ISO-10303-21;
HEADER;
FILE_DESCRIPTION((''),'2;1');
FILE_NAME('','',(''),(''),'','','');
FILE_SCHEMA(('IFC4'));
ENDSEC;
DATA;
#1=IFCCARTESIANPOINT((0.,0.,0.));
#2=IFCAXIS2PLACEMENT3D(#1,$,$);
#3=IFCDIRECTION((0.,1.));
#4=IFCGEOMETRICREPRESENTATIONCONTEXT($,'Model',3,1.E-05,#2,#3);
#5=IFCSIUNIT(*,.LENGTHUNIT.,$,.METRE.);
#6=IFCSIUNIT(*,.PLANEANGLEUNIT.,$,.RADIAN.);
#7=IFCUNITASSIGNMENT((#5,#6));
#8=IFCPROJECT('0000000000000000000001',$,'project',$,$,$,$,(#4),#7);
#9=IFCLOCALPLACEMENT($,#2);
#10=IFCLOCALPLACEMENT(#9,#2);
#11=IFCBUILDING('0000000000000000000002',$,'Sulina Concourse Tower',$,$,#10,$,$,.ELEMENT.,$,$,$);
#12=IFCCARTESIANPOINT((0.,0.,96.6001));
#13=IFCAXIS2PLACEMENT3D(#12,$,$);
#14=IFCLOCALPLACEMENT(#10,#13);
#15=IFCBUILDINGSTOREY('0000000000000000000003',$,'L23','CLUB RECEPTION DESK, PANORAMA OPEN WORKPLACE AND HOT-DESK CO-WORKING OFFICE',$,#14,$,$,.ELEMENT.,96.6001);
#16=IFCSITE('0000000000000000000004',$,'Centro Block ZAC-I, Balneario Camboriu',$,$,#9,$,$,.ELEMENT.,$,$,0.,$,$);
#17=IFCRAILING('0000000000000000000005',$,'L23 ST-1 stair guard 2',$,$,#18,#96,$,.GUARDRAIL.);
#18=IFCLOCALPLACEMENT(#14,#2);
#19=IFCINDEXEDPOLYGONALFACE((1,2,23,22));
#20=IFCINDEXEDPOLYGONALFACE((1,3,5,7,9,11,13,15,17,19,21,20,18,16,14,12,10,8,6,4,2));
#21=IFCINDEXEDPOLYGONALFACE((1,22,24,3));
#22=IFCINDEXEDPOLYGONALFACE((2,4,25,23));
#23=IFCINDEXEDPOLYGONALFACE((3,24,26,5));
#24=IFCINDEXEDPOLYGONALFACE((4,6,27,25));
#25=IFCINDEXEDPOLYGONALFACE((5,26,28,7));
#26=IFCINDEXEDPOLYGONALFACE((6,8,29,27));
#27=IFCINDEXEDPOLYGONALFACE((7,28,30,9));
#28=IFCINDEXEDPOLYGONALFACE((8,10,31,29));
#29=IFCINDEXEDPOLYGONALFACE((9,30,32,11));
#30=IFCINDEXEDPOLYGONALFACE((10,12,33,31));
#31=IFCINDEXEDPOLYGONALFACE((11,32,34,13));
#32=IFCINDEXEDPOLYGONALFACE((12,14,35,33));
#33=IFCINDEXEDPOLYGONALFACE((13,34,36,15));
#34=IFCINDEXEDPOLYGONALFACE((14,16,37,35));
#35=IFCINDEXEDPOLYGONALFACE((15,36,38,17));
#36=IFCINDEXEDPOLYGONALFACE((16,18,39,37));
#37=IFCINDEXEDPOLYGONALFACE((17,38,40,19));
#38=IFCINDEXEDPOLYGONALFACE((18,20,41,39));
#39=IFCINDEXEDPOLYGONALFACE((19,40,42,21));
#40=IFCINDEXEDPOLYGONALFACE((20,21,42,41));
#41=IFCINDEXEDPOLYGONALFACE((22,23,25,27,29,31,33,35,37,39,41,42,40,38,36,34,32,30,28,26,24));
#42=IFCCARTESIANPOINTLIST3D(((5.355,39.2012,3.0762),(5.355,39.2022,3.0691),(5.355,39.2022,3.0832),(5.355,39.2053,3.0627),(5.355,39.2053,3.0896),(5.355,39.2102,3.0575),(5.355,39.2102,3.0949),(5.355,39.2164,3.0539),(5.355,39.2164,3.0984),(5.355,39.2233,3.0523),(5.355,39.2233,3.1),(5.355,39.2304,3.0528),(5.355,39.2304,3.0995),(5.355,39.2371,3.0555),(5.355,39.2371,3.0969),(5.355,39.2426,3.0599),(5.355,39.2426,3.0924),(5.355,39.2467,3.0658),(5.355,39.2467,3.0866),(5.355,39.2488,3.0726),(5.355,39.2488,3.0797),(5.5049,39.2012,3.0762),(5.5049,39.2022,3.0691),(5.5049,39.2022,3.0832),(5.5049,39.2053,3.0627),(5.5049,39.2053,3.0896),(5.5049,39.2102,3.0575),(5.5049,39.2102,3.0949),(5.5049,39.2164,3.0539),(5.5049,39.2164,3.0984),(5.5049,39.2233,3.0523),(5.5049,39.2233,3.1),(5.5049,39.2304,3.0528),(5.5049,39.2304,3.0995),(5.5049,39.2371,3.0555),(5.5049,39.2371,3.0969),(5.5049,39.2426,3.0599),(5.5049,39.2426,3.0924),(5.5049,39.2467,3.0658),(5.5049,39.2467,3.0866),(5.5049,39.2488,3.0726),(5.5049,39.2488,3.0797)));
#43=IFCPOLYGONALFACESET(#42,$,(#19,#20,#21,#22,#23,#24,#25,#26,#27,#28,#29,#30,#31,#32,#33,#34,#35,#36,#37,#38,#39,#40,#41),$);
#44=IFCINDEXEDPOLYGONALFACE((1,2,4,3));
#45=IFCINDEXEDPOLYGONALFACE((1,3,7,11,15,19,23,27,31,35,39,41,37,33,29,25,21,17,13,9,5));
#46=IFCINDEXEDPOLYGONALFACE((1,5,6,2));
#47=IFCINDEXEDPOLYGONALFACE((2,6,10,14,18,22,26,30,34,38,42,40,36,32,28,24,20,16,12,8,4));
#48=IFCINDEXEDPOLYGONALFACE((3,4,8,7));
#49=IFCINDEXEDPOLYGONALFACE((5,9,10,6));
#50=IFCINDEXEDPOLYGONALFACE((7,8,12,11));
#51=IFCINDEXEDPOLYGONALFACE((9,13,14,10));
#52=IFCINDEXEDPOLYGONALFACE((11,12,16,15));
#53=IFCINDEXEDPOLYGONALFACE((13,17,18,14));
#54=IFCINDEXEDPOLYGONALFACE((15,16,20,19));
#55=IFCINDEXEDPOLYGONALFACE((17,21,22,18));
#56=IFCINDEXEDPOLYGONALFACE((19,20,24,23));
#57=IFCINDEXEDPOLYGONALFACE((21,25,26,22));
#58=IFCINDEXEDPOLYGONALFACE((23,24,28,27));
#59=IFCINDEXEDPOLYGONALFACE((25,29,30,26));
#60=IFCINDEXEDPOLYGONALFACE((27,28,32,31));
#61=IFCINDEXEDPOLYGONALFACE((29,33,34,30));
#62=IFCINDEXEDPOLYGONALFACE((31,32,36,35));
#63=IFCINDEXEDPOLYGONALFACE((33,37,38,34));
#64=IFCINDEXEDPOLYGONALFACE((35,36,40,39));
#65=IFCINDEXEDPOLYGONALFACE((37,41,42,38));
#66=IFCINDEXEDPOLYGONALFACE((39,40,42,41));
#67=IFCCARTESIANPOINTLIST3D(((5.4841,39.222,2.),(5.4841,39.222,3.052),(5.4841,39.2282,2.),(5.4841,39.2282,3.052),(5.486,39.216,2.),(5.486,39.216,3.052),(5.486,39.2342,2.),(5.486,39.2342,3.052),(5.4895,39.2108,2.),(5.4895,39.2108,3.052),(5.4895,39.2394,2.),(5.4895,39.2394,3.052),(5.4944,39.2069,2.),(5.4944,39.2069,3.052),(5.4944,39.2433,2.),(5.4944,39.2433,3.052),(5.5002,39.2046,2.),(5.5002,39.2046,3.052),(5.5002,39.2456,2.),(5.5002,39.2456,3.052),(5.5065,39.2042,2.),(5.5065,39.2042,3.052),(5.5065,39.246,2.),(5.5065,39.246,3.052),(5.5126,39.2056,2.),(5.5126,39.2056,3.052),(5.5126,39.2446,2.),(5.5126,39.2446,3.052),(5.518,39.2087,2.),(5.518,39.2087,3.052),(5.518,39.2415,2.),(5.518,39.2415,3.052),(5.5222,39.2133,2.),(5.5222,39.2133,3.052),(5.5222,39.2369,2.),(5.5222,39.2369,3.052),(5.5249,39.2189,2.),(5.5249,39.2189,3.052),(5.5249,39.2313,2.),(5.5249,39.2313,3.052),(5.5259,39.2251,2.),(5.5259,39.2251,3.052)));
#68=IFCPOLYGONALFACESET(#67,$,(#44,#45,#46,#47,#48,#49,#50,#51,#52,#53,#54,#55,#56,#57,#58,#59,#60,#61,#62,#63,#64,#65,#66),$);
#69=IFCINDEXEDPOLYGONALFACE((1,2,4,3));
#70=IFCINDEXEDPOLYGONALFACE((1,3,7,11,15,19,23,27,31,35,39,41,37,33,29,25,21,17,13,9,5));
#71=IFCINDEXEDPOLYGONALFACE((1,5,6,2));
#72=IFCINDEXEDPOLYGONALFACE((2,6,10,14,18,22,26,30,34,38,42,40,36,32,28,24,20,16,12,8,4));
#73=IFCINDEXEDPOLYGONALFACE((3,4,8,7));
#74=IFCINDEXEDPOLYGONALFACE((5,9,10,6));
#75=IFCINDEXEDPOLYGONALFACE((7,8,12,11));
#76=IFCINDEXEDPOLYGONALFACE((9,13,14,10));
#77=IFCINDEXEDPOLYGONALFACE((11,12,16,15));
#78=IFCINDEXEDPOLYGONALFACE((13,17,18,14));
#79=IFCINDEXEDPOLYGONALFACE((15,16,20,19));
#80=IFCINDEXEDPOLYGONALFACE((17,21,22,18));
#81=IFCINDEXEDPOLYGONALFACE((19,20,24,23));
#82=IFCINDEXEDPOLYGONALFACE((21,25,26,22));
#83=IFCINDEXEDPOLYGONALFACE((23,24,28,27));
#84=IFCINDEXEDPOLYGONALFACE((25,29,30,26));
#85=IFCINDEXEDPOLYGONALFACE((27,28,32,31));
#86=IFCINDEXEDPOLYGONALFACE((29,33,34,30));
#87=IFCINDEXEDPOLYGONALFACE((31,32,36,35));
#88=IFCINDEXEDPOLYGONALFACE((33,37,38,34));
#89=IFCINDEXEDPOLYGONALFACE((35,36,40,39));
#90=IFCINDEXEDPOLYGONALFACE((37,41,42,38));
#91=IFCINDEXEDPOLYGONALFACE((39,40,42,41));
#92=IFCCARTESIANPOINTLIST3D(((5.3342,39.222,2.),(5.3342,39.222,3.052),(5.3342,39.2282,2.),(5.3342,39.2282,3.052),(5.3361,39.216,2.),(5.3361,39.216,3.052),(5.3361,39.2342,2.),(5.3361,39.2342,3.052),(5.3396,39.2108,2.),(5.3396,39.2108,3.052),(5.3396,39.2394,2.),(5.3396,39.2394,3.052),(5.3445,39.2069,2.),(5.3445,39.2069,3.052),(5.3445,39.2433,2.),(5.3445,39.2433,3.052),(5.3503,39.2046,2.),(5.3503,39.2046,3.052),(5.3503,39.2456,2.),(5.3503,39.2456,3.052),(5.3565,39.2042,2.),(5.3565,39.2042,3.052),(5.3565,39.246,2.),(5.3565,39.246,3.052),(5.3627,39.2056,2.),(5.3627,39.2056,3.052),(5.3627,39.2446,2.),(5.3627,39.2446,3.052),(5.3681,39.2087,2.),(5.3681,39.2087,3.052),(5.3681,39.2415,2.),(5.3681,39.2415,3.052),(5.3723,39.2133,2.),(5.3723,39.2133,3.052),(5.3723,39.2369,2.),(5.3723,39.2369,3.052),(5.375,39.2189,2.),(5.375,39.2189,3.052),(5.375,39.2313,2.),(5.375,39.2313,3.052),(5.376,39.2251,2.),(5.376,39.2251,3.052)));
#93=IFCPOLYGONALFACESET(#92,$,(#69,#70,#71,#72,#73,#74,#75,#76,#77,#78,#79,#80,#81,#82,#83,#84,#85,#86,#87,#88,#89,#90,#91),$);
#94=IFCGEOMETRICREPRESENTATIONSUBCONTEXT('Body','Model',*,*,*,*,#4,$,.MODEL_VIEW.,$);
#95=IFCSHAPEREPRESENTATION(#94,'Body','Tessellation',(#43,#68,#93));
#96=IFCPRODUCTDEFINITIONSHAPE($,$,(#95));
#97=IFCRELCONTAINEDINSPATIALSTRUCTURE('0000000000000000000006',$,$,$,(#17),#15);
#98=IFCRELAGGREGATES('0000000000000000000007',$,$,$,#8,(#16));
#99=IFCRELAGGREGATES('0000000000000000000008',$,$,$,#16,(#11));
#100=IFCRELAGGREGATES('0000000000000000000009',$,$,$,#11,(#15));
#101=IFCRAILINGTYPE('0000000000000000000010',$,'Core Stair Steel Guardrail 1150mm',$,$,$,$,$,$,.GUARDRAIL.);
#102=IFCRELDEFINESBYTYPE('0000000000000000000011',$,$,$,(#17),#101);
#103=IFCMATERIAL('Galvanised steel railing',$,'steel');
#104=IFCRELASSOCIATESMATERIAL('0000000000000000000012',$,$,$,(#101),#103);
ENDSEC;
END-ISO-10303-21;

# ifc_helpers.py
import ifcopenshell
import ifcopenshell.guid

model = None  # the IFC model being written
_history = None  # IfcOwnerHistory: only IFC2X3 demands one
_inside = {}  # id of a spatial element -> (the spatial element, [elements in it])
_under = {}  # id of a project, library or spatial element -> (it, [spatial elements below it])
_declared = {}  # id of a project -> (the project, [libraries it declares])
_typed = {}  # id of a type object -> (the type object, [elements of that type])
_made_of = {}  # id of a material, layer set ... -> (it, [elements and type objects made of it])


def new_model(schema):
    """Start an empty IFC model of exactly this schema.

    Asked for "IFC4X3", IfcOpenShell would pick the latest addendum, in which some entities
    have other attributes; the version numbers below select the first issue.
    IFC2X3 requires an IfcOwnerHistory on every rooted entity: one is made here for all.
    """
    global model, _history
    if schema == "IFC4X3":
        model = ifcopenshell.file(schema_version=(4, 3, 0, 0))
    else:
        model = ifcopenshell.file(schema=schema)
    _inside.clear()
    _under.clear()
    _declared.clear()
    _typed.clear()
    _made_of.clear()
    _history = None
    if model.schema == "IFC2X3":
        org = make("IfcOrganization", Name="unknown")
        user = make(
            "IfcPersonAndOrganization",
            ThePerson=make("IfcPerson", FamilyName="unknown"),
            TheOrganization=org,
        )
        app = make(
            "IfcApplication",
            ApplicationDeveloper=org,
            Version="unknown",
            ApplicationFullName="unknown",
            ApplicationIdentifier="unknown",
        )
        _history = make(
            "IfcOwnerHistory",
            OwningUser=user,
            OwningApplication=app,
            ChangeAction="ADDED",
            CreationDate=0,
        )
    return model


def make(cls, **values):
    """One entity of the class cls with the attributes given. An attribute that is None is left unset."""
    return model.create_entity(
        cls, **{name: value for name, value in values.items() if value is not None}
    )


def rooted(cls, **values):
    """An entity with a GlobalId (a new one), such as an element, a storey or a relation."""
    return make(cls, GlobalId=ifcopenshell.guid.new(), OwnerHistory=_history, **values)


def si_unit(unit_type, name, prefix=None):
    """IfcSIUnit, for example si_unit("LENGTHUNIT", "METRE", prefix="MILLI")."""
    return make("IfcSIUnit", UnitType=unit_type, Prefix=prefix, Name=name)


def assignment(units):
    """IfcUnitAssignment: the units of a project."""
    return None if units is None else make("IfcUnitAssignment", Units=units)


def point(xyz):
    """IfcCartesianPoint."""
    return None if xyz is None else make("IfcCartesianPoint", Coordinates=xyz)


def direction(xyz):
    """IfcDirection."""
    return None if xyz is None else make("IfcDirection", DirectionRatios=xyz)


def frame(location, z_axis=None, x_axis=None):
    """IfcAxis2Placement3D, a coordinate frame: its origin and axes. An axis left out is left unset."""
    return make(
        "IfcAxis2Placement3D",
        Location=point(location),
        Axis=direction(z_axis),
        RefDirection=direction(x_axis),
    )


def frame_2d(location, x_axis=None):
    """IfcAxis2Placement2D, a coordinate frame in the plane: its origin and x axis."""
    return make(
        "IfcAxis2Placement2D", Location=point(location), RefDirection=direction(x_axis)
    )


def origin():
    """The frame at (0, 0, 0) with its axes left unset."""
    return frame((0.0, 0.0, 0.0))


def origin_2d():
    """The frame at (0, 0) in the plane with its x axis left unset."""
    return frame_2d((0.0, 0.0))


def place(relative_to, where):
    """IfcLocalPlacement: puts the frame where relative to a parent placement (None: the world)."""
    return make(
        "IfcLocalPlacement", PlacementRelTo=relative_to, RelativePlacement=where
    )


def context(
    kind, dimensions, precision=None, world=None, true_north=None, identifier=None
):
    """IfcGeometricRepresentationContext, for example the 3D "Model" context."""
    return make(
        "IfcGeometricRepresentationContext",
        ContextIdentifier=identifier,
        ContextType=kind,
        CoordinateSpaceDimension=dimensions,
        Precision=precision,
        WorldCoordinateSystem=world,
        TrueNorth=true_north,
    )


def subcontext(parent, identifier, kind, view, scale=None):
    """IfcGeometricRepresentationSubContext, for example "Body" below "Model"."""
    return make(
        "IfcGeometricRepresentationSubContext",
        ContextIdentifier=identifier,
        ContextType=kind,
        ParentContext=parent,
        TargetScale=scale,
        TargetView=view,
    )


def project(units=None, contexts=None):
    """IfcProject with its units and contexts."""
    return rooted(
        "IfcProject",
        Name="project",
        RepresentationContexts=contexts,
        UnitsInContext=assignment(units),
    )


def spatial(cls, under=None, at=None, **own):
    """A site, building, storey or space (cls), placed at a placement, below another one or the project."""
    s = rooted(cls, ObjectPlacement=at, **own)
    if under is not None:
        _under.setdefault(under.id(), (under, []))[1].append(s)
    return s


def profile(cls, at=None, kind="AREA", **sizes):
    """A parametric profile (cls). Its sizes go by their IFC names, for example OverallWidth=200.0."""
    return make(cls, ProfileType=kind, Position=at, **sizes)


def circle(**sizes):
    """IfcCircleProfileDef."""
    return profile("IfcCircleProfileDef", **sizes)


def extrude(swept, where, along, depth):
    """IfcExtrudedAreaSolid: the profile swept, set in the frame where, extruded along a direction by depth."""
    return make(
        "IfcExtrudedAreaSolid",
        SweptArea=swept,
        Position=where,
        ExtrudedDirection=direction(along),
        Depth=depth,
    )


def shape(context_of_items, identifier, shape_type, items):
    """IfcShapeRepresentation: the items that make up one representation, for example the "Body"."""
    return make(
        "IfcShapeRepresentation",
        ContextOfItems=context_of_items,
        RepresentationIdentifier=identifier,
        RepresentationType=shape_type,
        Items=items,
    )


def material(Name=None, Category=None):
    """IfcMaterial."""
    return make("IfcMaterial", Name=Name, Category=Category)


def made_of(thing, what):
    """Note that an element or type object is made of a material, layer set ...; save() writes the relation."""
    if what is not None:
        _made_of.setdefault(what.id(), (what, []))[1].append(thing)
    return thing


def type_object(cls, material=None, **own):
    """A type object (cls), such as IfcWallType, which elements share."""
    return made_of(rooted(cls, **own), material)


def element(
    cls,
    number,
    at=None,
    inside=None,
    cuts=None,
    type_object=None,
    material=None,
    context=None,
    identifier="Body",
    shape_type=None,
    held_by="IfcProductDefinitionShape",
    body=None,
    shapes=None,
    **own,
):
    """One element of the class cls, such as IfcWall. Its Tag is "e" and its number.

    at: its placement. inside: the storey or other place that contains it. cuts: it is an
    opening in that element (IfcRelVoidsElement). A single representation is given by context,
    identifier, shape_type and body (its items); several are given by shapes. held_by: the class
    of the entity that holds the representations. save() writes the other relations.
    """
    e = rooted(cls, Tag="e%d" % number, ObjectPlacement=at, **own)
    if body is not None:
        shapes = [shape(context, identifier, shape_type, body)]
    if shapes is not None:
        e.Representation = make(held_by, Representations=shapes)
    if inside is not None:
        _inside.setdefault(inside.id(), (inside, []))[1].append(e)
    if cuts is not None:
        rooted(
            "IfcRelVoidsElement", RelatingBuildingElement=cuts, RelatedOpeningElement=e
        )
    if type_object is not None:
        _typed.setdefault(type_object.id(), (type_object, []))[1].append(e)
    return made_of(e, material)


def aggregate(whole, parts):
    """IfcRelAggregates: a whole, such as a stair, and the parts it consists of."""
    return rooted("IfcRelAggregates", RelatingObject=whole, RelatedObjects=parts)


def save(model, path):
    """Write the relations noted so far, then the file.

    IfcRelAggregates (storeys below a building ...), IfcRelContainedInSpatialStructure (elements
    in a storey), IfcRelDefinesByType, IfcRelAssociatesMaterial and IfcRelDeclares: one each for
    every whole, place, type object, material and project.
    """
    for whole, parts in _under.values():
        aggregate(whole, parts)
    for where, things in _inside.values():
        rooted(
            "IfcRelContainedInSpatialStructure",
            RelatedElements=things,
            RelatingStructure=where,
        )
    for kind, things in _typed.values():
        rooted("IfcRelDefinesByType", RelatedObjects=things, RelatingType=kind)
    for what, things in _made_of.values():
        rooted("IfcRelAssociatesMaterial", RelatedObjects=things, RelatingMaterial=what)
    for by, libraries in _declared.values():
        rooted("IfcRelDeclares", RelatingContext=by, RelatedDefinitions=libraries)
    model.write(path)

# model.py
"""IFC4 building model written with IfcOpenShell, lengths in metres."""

from ifc_helpers import new_model, si_unit, direction, frame, origin, origin_2d, place, context, subcontext, project, spatial, circle, extrude, material, type_object, element, save


model = new_model("IFC4")

# Units and contexts
model_context = context("Model", 3, precision=1e-05, world=origin(), true_north=direction((0.0, 1.0)))
body_context = subcontext(model_context, "Body", "Model", "MODEL_VIEW")
ifc_project = project(units=[si_unit("LENGTHUNIT", "METRE"), si_unit("PLANEANGLEUNIT", "RADIAN")], contexts=[model_context])

# Site, building, storey
site_placement = place(None, origin())
site = spatial("IfcSite", under=ifc_project, at=site_placement, Name="Centro Block ZAC-I, Balneario Camboriu", CompositionType="ELEMENT", RefElevation=0.0)
building_placement = place(site_placement, origin())
building = spatial("IfcBuilding", under=site, at=building_placement, Name="Sulina Concourse Tower", CompositionType="ELEMENT")
storey_placement = place(building_placement, frame((0.0, 0.0, 96.6001)))
storey = spatial("IfcBuildingStorey", under=building, at=storey_placement, Name="L23", Description="CLUB RECEPTION DESK, PANORAMA OPEN WORKPLACE AND HOT-DESK CO-WORKING OFFICE", CompositionType="ELEMENT", Elevation=96.6001)

# Railing
ifc_material_1 = material(Name="Galvanised steel railing", Category="steel")
railing_type_1 = type_object("IfcRailingType", Name="Core Stair Steel Guardrail 1150mm", PredefinedType="GUARDRAIL", material=ifc_material_1)
railing_1_placement = place(storey_placement, frame((5.5049, 39.2251, 2.0)))
element("IfcRailing", 1, at=railing_1_placement, inside=storey, type_object=railing_type_1, Name="L23 ST-1 stair guard 2", PredefinedType="GUARDRAIL", context=body_context, shape_type="SweptSolid", body=[
    extrude(circle(Radius=0.0239, at=origin_2d()), frame((0.0, 0.0, 1.0762), z_axis=(-1.0, 0.0, 0.0), x_axis=(0.0, -1.0, 0.0)), (0.0, 0.0, 1.0), 0.1499),
    extrude(circle(Radius=0.021, at=origin_2d()), origin(), (0.0, 0.0, 1.0), 1.052),
    extrude(circle(Radius=0.021, at=origin_2d()), frame((-0.1499, 0.0, 0.0)), (0.0, 0.0, 1.0), 1.052),
])

save(model, "model.ifc")
